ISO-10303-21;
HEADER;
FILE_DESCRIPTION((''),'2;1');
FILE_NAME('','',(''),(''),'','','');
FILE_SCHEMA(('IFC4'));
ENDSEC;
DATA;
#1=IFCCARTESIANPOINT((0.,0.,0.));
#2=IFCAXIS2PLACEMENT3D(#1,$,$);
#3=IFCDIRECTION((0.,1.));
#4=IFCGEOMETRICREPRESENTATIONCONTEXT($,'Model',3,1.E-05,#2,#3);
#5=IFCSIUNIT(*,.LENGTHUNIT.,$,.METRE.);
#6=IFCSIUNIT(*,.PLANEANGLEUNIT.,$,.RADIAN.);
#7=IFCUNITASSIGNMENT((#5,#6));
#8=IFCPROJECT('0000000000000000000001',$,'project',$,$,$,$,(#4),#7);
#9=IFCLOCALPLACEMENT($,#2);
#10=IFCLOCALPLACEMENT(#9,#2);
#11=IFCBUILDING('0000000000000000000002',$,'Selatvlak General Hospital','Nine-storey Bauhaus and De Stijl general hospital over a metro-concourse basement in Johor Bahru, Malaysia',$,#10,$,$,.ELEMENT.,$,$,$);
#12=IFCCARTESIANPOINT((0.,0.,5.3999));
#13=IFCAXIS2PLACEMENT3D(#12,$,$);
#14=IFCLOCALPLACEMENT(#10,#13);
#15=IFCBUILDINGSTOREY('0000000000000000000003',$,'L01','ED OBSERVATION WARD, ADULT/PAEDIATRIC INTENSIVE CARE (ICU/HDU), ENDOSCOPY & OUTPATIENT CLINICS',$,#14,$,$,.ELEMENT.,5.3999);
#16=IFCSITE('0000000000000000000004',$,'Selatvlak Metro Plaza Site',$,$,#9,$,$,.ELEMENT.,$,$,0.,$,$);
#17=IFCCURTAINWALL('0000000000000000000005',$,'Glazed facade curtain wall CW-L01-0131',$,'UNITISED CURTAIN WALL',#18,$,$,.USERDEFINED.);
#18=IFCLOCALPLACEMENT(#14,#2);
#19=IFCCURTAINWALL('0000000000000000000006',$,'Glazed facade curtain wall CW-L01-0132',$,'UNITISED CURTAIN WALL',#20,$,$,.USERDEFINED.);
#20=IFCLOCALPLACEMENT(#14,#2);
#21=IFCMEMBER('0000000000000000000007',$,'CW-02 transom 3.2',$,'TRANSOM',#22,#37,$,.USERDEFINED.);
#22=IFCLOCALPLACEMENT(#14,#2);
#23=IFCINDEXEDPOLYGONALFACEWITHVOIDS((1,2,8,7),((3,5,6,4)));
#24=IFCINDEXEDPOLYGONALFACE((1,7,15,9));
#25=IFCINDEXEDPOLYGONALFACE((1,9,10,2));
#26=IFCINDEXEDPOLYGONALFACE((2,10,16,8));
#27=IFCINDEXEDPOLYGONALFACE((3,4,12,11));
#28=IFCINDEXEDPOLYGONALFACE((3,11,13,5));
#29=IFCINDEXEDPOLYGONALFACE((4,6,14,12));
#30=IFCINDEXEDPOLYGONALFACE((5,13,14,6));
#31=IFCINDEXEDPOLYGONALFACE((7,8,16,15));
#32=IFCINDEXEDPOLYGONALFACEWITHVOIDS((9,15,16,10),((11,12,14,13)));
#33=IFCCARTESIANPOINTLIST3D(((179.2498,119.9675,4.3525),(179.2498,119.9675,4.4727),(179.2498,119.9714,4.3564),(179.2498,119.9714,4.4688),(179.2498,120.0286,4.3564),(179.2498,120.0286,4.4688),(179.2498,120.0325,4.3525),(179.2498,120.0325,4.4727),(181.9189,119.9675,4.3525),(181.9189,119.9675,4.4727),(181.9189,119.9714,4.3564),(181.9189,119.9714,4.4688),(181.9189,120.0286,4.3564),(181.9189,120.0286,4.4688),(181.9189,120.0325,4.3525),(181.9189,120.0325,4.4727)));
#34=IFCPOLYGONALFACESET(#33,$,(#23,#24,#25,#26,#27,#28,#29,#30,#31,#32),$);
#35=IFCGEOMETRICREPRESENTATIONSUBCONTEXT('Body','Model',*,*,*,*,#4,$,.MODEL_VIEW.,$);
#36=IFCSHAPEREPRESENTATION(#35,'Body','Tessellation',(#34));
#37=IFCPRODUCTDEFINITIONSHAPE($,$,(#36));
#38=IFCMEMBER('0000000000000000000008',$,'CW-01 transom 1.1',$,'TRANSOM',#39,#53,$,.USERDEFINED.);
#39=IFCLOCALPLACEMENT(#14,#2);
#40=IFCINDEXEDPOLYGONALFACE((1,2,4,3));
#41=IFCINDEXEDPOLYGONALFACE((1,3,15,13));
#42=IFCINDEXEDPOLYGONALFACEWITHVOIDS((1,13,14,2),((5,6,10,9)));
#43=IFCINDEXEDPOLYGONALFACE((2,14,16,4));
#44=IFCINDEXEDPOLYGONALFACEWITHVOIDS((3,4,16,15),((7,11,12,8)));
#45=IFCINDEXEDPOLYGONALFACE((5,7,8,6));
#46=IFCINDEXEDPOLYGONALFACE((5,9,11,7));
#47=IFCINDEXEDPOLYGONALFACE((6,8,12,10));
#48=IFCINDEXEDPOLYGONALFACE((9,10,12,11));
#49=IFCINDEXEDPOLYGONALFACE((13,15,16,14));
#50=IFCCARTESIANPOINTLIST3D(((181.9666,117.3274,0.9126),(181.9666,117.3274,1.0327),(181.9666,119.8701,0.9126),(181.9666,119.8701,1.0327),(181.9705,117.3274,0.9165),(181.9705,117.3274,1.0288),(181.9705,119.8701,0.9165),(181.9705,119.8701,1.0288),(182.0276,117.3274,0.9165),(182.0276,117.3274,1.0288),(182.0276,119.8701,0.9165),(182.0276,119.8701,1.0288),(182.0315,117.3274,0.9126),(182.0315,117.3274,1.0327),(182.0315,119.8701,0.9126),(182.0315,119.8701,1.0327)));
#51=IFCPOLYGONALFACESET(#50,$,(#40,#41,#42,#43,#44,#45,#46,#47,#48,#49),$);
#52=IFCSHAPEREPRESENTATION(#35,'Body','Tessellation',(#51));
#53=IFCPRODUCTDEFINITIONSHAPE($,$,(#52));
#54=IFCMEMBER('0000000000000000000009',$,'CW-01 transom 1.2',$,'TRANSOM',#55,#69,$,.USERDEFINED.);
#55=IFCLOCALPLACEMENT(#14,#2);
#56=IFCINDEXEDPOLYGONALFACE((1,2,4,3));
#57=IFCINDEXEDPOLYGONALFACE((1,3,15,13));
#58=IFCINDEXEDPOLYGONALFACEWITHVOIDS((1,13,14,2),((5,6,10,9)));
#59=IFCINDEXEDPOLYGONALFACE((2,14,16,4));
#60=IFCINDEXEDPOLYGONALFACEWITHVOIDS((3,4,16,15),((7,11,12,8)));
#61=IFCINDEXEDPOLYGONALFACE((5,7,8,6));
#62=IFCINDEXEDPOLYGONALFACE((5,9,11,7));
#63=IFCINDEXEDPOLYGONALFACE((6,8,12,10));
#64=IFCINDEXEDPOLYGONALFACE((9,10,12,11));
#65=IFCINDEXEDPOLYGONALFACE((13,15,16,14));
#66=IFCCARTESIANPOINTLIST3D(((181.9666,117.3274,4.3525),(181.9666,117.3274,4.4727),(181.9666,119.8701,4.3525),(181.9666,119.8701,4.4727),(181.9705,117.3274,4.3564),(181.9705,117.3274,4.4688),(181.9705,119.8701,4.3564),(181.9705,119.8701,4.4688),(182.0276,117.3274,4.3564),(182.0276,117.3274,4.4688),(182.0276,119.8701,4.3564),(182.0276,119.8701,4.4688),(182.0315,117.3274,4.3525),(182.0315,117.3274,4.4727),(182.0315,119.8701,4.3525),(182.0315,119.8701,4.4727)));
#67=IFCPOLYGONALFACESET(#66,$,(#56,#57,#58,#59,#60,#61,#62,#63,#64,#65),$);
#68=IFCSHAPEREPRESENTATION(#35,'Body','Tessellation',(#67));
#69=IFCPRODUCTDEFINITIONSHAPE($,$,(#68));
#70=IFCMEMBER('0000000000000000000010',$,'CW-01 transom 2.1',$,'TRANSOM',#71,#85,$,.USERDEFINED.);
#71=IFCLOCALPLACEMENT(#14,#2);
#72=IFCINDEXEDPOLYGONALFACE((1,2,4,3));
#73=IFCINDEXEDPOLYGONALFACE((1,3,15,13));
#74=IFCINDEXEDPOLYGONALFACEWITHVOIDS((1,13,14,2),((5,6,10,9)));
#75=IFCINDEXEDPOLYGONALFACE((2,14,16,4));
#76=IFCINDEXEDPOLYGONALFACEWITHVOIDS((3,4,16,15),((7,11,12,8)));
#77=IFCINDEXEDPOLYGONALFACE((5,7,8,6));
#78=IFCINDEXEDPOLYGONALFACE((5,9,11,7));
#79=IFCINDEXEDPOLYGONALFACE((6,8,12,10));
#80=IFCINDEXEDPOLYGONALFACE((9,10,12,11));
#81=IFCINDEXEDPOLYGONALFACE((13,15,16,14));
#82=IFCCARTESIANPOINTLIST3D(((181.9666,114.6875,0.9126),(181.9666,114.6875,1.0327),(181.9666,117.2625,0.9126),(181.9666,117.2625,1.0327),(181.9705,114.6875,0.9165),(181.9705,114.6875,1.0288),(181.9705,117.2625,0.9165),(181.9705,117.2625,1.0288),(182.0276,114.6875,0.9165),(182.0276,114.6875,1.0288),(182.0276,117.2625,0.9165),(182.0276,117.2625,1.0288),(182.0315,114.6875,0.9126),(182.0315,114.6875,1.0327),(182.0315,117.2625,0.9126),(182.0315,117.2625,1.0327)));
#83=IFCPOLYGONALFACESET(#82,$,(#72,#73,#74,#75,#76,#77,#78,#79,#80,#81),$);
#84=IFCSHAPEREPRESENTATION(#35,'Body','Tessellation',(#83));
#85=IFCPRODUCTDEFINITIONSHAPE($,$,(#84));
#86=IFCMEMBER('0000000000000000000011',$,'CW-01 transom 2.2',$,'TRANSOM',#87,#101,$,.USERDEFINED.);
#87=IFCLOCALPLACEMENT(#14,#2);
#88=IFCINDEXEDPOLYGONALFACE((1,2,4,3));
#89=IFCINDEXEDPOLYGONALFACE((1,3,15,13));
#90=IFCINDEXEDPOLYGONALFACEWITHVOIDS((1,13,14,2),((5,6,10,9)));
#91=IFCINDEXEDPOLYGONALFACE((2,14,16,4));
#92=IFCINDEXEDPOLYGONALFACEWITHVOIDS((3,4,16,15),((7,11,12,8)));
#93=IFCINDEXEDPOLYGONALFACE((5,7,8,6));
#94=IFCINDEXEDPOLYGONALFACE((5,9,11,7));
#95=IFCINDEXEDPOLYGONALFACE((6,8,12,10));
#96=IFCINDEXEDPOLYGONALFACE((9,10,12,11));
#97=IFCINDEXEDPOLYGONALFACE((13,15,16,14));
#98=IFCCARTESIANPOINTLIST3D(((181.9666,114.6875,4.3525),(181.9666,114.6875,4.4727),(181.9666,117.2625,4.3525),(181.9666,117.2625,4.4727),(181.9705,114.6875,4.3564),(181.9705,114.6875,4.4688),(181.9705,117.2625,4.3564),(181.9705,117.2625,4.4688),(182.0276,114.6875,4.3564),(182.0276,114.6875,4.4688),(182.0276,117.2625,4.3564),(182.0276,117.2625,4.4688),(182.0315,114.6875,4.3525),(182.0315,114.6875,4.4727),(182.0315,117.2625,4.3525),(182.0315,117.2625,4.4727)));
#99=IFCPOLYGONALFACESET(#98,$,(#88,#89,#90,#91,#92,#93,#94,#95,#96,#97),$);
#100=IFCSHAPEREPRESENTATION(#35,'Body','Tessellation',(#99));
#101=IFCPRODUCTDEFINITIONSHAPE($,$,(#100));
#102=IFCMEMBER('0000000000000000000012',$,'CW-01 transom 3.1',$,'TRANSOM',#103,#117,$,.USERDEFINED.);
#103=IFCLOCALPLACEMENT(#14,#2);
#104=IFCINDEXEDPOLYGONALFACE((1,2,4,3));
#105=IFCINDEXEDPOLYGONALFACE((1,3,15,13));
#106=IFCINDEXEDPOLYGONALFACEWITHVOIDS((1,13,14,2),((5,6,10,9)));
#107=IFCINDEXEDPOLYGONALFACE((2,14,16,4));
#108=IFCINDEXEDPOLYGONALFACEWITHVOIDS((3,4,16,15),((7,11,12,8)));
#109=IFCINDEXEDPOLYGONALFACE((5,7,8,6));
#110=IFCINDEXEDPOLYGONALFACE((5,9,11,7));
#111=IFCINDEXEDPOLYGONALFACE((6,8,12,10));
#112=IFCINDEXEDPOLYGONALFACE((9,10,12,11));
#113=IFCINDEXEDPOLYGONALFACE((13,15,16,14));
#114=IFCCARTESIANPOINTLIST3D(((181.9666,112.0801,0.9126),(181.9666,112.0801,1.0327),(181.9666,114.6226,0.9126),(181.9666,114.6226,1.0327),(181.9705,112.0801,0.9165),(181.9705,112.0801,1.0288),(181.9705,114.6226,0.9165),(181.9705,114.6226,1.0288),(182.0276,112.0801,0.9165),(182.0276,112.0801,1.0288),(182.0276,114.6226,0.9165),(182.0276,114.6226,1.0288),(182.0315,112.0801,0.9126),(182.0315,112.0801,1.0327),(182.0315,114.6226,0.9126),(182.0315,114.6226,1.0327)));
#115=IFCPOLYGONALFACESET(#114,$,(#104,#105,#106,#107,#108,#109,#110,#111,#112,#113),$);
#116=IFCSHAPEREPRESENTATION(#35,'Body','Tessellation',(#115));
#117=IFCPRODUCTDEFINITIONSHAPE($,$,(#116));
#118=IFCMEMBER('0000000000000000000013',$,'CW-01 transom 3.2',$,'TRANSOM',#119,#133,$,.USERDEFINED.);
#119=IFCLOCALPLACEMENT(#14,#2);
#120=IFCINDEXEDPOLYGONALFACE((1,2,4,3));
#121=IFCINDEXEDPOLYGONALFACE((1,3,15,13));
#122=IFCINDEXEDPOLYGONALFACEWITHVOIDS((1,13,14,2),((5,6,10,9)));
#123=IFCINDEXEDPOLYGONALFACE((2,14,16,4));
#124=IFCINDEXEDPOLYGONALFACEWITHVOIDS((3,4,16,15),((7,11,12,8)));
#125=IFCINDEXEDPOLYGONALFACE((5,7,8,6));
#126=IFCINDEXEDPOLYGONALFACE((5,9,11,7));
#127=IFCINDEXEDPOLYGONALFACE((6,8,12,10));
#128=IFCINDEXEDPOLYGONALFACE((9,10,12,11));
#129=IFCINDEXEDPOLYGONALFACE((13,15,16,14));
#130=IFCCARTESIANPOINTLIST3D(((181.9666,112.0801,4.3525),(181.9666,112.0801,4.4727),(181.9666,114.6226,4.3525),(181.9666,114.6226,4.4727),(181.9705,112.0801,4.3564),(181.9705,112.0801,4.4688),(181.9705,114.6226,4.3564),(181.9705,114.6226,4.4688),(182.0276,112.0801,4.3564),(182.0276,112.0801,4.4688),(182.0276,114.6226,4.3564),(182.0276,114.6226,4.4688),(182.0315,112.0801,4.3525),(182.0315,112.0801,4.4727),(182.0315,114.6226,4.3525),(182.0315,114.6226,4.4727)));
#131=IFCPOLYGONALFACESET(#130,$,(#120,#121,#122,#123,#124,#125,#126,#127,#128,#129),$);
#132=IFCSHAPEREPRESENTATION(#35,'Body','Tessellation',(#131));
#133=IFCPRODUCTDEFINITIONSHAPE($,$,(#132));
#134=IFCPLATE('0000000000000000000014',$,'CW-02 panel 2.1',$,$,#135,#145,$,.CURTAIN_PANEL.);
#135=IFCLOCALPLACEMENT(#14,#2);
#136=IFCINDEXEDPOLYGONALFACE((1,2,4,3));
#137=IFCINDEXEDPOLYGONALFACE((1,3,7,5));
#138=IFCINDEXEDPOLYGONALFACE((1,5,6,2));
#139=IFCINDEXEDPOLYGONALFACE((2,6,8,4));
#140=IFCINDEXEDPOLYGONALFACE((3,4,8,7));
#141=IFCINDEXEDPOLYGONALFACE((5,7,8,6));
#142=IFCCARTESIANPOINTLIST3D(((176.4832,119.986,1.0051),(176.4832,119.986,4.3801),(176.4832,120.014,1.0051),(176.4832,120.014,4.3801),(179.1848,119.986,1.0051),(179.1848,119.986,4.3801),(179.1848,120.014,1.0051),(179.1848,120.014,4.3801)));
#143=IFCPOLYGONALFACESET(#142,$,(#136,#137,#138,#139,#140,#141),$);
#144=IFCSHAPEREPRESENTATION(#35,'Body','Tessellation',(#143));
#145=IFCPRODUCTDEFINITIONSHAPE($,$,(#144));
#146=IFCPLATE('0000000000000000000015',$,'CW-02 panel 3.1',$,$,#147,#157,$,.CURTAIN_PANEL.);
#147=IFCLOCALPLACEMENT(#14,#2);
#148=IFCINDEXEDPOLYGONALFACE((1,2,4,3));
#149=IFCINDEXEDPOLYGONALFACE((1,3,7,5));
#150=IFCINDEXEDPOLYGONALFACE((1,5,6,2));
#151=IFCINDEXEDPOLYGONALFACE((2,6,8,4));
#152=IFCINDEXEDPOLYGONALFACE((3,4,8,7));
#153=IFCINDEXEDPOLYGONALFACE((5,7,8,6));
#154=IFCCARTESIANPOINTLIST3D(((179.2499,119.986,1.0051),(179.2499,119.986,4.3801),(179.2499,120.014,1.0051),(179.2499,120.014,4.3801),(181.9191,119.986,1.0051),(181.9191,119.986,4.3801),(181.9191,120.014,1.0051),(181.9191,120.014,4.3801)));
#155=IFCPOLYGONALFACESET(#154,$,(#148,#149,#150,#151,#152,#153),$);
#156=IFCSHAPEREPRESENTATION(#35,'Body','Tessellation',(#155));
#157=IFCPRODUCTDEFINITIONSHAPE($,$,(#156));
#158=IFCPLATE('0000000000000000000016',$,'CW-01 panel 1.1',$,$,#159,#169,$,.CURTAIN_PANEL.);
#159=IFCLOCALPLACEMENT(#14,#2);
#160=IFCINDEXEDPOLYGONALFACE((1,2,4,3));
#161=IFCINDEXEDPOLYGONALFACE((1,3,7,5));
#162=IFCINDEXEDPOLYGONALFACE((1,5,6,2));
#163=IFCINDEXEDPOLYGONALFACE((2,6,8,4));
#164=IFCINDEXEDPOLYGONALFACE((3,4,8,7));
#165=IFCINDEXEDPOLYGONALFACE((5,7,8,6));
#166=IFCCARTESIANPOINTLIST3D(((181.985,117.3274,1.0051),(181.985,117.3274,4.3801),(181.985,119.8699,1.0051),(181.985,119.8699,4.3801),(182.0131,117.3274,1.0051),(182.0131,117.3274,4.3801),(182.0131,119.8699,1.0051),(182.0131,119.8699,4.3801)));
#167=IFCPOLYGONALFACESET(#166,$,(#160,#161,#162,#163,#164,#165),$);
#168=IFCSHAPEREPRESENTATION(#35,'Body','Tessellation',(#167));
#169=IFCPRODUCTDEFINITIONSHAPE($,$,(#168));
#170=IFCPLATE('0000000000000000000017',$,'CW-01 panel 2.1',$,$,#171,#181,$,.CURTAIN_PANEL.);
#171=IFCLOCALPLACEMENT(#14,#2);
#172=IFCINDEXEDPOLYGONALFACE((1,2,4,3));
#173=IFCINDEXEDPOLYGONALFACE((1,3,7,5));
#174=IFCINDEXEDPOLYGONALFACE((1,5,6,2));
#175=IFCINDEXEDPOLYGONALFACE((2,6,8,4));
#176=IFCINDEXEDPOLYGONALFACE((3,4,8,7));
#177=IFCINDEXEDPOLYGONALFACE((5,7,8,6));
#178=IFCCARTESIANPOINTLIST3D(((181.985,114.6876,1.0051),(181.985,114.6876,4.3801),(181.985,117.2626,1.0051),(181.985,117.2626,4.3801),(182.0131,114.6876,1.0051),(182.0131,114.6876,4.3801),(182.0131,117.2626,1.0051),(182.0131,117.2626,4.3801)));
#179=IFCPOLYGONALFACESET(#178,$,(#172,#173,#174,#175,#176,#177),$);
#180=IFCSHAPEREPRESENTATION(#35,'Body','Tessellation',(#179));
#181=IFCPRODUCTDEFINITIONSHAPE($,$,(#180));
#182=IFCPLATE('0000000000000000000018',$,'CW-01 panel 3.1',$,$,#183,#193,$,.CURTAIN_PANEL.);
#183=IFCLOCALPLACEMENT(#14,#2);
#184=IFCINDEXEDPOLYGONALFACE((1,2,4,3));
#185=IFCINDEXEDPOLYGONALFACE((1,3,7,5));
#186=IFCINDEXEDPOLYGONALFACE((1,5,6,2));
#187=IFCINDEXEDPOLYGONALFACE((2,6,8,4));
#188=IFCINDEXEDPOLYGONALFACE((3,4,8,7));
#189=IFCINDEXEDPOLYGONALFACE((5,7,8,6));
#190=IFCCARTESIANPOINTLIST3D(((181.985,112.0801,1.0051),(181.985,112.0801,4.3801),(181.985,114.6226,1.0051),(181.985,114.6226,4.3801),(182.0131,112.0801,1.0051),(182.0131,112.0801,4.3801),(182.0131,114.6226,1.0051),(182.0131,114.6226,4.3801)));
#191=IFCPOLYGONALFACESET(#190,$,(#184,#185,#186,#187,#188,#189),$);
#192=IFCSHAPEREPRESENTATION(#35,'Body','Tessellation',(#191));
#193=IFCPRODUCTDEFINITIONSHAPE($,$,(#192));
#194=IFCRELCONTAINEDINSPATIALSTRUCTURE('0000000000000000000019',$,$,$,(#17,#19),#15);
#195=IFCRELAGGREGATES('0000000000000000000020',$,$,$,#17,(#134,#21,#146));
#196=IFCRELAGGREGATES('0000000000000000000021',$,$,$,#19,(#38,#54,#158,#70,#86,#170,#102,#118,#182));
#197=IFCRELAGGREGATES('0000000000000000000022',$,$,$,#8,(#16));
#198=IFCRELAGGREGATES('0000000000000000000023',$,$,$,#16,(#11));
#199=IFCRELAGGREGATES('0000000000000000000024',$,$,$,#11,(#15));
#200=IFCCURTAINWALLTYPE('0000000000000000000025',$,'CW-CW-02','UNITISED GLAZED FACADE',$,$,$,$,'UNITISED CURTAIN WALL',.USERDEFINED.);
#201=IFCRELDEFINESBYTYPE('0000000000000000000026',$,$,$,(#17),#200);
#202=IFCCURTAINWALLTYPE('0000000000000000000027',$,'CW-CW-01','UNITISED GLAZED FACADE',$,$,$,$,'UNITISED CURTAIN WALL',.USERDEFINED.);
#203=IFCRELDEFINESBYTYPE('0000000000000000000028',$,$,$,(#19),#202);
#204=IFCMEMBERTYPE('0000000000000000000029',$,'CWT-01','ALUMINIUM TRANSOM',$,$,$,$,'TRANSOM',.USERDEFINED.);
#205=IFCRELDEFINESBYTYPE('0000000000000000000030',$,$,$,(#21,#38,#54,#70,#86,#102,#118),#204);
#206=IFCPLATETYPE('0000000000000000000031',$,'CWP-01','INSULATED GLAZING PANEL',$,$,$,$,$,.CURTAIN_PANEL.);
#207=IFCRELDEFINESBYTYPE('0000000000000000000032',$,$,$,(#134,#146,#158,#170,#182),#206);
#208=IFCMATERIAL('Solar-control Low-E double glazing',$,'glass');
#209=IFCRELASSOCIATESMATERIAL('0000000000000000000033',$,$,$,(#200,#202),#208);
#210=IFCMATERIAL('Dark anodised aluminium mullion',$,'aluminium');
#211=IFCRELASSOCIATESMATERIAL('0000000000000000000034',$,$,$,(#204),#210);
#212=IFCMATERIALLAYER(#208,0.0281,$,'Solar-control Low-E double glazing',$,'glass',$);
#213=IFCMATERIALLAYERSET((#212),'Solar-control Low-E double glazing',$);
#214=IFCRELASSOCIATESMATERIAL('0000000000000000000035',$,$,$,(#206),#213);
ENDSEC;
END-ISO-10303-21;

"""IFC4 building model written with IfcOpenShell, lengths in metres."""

from ifc_helpers import new_model, si_unit, direction, frame, origin, origin_2d, place, context, subcontext, project, spatial, rectangle, hollow_rectangle, extrude, material, layer, layer_set, material_profile, profile_set, type_object, element, aggregate, save


model = new_model("IFC4")

# Units and contexts
model_context = context("Model", 3, precision=1e-05, world=origin(), true_north=direction((0.0, 1.0)))
body_context = subcontext(model_context, "Body", "Model", "MODEL_VIEW")
ifc_project = project(units=[si_unit("LENGTHUNIT", "METRE"), si_unit("PLANEANGLEUNIT", "RADIAN")], contexts=[model_context])

# Site, building, storey
site_placement = place(None, origin())
site = spatial("IfcSite", under=ifc_project, at=site_placement, Name="Selatvlak Metro Plaza Site", CompositionType="ELEMENT", RefElevation=0.0)
building_placement = place(site_placement, origin())
building = spatial("IfcBuilding", under=site, at=building_placement, Name="Selatvlak General Hospital", Description="Nine-storey Bauhaus and De Stijl general hospital over a metro-concourse basement in Johor Bahru, Malaysia", CompositionType="ELEMENT")
storey_placement = place(building_placement, frame((0.0, 0.0, 5.3999)))
storey = spatial("IfcBuildingStorey", under=building, at=storey_placement, Name="L01", Description="ED OBSERVATION WARD, ADULT/PAEDIATRIC INTENSIVE CARE (ICU/HDU), ENDOSCOPY & OUTPATIENT CLINICS", CompositionType="ELEMENT", Elevation=5.3999)

# Curtain walls
ifc_material_1 = material(Name="Solar-control Low-E double glazing", Category="glass")
curtain_wall_type_1 = type_object("IfcCurtainWallType", Name="CW-CW-02", Description="UNITISED GLAZED FACADE", ElementType="UNITISED CURTAIN WALL", PredefinedType="USERDEFINED", material=ifc_material_1)
curtain_wall_1_placement = place(storey_placement, origin())
curtain_wall_1 = element("IfcCurtainWall", 1, at=curtain_wall_1_placement, inside=storey, type_object=curtain_wall_type_1, Name="Glazed facade curtain wall CW-L01-0131", ObjectType="UNITISED CURTAIN WALL", PredefinedType="USERDEFINED")
ifc_material_2 = material(Name="Dark anodised aluminium mullion", Category="aluminium")
curtain_wall_type_2 = type_object("IfcCurtainWallType", Name="CW-CW-01", Description="UNITISED GLAZED FACADE", ElementType="UNITISED CURTAIN WALL", PredefinedType="USERDEFINED", material=ifc_material_1)
curtain_wall_2_placement = place(storey_placement, origin())
curtain_wall_2 = element("IfcCurtainWall", 2, at=curtain_wall_2_placement, inside=storey, type_object=curtain_wall_type_2, Name="Glazed facade curtain wall CW-L01-0132", ObjectType="UNITISED CURTAIN WALL", PredefinedType="USERDEFINED")

# Members
ifc_material_profile_1 = material_profile(ifc_material_2, hollow_rectangle(XDim=0.0649, YDim=0.1201, WallThickness=0.0039, at=origin_2d()), Name="AL-TRN 65x120x4")
ifc_profile_set_1 = profile_set([ifc_material_profile_1], Name="Dark anodised aluminium mullion")
member_type_1 = type_object("IfcMemberType", Name="CWT-01", Description="ALUMINIUM TRANSOM", ElementType="TRANSOM", PredefinedType="USERDEFINED", material=ifc_profile_set_1)
member_1_placement = place(storey_placement, frame((179.2498, 120.0, 4.4126), z_axis=(1.0, 0.0, 0.0), x_axis=(0.0, 1.0, 0.0)))
member_1 = element("IfcMember", 3, at=member_1_placement, type_object=member_type_1, Name="CW-02 transom 3.2", ObjectType="TRANSOM", PredefinedType="USERDEFINED", context=body_context, shape_type="SweptSolid", body=[
    extrude(hollow_rectangle(XDim=0.0649, YDim=0.1201, WallThickness=0.0039, at=origin_2d()), origin(), (0.0, 0.0, 1.0), 2.6692),
])
member_2_placement = place(storey_placement, frame((181.999, 119.8701, 0.9727), z_axis=(0.0, -1.0, 0.0), x_axis=(1.0, 0.0, 0.0)))
member_2 = element("IfcMember", 4, at=member_2_placement, type_object=member_type_1, Name="CW-01 transom 1.1", ObjectType="TRANSOM", PredefinedType="USERDEFINED", context=body_context, shape_type="SweptSolid", body=[
    extrude(hollow_rectangle(XDim=0.0649, YDim=0.1201, WallThickness=0.0039, at=origin_2d()), origin(), (0.0, 0.0, 1.0), 2.5427),
])
member_3_placement = place(storey_placement, frame((181.999, 119.8701, 4.4126), z_axis=(0.0, -1.0, 0.0), x_axis=(1.0, 0.0, 0.0)))
member_3 = element("IfcMember", 5, at=member_3_placement, type_object=member_type_1, Name="CW-01 transom 1.2", ObjectType="TRANSOM", PredefinedType="USERDEFINED", context=body_context, shape_type="SweptSolid", body=[
    extrude(hollow_rectangle(XDim=0.0649, YDim=0.1201, WallThickness=0.0039, at=origin_2d()), origin(), (0.0, 0.0, 1.0), 2.5427),
])
member_4_placement = place(storey_placement, frame((181.999, 117.2625, 0.9727), z_axis=(0.0, -1.0, 0.0), x_axis=(1.0, 0.0, 0.0)))
member_4 = element("IfcMember", 6, at=member_4_placement, type_object=member_type_1, Name="CW-01 transom 2.1", ObjectType="TRANSOM", PredefinedType="USERDEFINED", context=body_context, shape_type="SweptSolid", body=[
    extrude(hollow_rectangle(XDim=0.0649, YDim=0.1201, WallThickness=0.0039, at=origin_2d()), origin(), (0.0, 0.0, 1.0), 2.575),
])
member_5_placement = place(storey_placement, frame((181.999, 117.2625, 4.4126), z_axis=(0.0, -1.0, 0.0), x_axis=(1.0, 0.0, 0.0)))
member_5 = element("IfcMember", 7, at=member_5_placement, type_object=member_type_1, Name="CW-01 transom 2.2", ObjectType="TRANSOM", PredefinedType="USERDEFINED", context=body_context, shape_type="SweptSolid", body=[
    extrude(hollow_rectangle(XDim=0.0649, YDim=0.1201, WallThickness=0.0039, at=origin_2d()), origin(), (0.0, 0.0, 1.0), 2.575),
])
member_6_placement = place(storey_placement, frame((181.999, 114.6226, 0.9727), z_axis=(0.0, -1.0, 0.0), x_axis=(1.0, 0.0, 0.0)))
member_6 = element("IfcMember", 8, at=member_6_placement, type_object=member_type_1, Name="CW-01 transom 3.1", ObjectType="TRANSOM", PredefinedType="USERDEFINED", context=body_context, shape_type="SweptSolid", body=[
    extrude(hollow_rectangle(XDim=0.0649, YDim=0.1201, WallThickness=0.0039, at=origin_2d()), origin(), (0.0, 0.0, 1.0), 2.5425),
])
member_7_placement = place(storey_placement, frame((181.999, 114.6226, 4.4126), z_axis=(0.0, -1.0, 0.0), x_axis=(1.0, 0.0, 0.0)))
member_7 = element("IfcMember", 9, at=member_7_placement, type_object=member_type_1, Name="CW-01 transom 3.2", ObjectType="TRANSOM", PredefinedType="USERDEFINED", context=body_context, shape_type="SweptSolid", body=[
    extrude(hollow_rectangle(XDim=0.0649, YDim=0.1201, WallThickness=0.0039, at=origin_2d()), origin(), (0.0, 0.0, 1.0), 2.5425),
])

# Plates
ifc_layer_1 = layer(ifc_material_1, 0.0281, Name="Solar-control Low-E double glazing", Category="glass")
ifc_layer_set_1 = layer_set([ifc_layer_1], Name="Solar-control Low-E double glazing")
plate_type = type_object("IfcPlateType", Name="CWP-01", Description="INSULATED GLAZING PANEL", PredefinedType="CURTAIN_PANEL", material=ifc_layer_set_1)
plate_1_placement = place(storey_placement, frame((177.834, 120.0, 1.0051), z_axis=(0.0, 0.0, 1.0), x_axis=(1.0, 0.0, 0.0)))
plate_1 = element("IfcPlate", 10, at=plate_1_placement, type_object=plate_type, Name="CW-02 panel 2.1", PredefinedType="CURTAIN_PANEL", context=body_context, shape_type="SweptSolid", body=[
    extrude(rectangle(XDim=2.7017, YDim=0.0281, at=origin_2d()), origin(), (0.0, 0.0, 1.0), 3.375),
])
plate_2_placement = place(storey_placement, frame((180.5845, 120.0, 1.0051), z_axis=(0.0, 0.0, 1.0), x_axis=(1.0, 0.0, 0.0)))
plate_2 = element("IfcPlate", 11, at=plate_2_placement, type_object=plate_type, Name="CW-02 panel 3.1", PredefinedType="CURTAIN_PANEL", context=body_context, shape_type="SweptSolid", body=[
    extrude(rectangle(XDim=2.6692, YDim=0.0281, at=origin_2d()), origin(), (0.0, 0.0, 1.0), 3.375),
])
aggregate(curtain_wall_1, [plate_1, member_1, plate_2])
plate_3_placement = place(storey_placement, frame((181.999, 118.5986, 1.0051), z_axis=(0.0, 0.0, 1.0), x_axis=(0.0, -1.0, 0.0)))
plate_3 = element("IfcPlate", 12, at=plate_3_placement, type_object=plate_type, Name="CW-01 panel 1.1", PredefinedType="CURTAIN_PANEL", context=body_context, shape_type="SweptSolid", body=[
    extrude(rectangle(XDim=2.5425, YDim=0.0281, at=origin_2d()), origin(), (0.0, 0.0, 1.0), 3.375),
])
plate_4_placement = place(storey_placement, frame((181.999, 115.9751, 1.0051), z_axis=(0.0, 0.0, 1.0), x_axis=(0.0, -1.0, 0.0)))
plate_4 = element("IfcPlate", 13, at=plate_4_placement, type_object=plate_type, Name="CW-01 panel 2.1", PredefinedType="CURTAIN_PANEL", context=body_context, shape_type="SweptSolid", body=[
    extrude(rectangle(XDim=2.575, YDim=0.0281, at=origin_2d()), origin(), (0.0, 0.0, 1.0), 3.375),
])
plate_5_placement = place(storey_placement, frame((181.999, 113.3513, 1.0051), z_axis=(0.0, 0.0, 1.0), x_axis=(0.0, -1.0, 0.0)))
plate_5 = element("IfcPlate", 14, at=plate_5_placement, type_object=plate_type, Name="CW-01 panel 3.1", PredefinedType="CURTAIN_PANEL", context=body_context, shape_type="SweptSolid", body=[
    extrude(rectangle(XDim=2.5425, YDim=0.0281, at=origin_2d()), origin(), (0.0, 0.0, 1.0), 3.375),
])
aggregate(curtain_wall_2, [member_2, member_3, plate_3, member_4, member_5, plate_4, member_6, member_7, plate_5])

save(model, "model.ifc")
